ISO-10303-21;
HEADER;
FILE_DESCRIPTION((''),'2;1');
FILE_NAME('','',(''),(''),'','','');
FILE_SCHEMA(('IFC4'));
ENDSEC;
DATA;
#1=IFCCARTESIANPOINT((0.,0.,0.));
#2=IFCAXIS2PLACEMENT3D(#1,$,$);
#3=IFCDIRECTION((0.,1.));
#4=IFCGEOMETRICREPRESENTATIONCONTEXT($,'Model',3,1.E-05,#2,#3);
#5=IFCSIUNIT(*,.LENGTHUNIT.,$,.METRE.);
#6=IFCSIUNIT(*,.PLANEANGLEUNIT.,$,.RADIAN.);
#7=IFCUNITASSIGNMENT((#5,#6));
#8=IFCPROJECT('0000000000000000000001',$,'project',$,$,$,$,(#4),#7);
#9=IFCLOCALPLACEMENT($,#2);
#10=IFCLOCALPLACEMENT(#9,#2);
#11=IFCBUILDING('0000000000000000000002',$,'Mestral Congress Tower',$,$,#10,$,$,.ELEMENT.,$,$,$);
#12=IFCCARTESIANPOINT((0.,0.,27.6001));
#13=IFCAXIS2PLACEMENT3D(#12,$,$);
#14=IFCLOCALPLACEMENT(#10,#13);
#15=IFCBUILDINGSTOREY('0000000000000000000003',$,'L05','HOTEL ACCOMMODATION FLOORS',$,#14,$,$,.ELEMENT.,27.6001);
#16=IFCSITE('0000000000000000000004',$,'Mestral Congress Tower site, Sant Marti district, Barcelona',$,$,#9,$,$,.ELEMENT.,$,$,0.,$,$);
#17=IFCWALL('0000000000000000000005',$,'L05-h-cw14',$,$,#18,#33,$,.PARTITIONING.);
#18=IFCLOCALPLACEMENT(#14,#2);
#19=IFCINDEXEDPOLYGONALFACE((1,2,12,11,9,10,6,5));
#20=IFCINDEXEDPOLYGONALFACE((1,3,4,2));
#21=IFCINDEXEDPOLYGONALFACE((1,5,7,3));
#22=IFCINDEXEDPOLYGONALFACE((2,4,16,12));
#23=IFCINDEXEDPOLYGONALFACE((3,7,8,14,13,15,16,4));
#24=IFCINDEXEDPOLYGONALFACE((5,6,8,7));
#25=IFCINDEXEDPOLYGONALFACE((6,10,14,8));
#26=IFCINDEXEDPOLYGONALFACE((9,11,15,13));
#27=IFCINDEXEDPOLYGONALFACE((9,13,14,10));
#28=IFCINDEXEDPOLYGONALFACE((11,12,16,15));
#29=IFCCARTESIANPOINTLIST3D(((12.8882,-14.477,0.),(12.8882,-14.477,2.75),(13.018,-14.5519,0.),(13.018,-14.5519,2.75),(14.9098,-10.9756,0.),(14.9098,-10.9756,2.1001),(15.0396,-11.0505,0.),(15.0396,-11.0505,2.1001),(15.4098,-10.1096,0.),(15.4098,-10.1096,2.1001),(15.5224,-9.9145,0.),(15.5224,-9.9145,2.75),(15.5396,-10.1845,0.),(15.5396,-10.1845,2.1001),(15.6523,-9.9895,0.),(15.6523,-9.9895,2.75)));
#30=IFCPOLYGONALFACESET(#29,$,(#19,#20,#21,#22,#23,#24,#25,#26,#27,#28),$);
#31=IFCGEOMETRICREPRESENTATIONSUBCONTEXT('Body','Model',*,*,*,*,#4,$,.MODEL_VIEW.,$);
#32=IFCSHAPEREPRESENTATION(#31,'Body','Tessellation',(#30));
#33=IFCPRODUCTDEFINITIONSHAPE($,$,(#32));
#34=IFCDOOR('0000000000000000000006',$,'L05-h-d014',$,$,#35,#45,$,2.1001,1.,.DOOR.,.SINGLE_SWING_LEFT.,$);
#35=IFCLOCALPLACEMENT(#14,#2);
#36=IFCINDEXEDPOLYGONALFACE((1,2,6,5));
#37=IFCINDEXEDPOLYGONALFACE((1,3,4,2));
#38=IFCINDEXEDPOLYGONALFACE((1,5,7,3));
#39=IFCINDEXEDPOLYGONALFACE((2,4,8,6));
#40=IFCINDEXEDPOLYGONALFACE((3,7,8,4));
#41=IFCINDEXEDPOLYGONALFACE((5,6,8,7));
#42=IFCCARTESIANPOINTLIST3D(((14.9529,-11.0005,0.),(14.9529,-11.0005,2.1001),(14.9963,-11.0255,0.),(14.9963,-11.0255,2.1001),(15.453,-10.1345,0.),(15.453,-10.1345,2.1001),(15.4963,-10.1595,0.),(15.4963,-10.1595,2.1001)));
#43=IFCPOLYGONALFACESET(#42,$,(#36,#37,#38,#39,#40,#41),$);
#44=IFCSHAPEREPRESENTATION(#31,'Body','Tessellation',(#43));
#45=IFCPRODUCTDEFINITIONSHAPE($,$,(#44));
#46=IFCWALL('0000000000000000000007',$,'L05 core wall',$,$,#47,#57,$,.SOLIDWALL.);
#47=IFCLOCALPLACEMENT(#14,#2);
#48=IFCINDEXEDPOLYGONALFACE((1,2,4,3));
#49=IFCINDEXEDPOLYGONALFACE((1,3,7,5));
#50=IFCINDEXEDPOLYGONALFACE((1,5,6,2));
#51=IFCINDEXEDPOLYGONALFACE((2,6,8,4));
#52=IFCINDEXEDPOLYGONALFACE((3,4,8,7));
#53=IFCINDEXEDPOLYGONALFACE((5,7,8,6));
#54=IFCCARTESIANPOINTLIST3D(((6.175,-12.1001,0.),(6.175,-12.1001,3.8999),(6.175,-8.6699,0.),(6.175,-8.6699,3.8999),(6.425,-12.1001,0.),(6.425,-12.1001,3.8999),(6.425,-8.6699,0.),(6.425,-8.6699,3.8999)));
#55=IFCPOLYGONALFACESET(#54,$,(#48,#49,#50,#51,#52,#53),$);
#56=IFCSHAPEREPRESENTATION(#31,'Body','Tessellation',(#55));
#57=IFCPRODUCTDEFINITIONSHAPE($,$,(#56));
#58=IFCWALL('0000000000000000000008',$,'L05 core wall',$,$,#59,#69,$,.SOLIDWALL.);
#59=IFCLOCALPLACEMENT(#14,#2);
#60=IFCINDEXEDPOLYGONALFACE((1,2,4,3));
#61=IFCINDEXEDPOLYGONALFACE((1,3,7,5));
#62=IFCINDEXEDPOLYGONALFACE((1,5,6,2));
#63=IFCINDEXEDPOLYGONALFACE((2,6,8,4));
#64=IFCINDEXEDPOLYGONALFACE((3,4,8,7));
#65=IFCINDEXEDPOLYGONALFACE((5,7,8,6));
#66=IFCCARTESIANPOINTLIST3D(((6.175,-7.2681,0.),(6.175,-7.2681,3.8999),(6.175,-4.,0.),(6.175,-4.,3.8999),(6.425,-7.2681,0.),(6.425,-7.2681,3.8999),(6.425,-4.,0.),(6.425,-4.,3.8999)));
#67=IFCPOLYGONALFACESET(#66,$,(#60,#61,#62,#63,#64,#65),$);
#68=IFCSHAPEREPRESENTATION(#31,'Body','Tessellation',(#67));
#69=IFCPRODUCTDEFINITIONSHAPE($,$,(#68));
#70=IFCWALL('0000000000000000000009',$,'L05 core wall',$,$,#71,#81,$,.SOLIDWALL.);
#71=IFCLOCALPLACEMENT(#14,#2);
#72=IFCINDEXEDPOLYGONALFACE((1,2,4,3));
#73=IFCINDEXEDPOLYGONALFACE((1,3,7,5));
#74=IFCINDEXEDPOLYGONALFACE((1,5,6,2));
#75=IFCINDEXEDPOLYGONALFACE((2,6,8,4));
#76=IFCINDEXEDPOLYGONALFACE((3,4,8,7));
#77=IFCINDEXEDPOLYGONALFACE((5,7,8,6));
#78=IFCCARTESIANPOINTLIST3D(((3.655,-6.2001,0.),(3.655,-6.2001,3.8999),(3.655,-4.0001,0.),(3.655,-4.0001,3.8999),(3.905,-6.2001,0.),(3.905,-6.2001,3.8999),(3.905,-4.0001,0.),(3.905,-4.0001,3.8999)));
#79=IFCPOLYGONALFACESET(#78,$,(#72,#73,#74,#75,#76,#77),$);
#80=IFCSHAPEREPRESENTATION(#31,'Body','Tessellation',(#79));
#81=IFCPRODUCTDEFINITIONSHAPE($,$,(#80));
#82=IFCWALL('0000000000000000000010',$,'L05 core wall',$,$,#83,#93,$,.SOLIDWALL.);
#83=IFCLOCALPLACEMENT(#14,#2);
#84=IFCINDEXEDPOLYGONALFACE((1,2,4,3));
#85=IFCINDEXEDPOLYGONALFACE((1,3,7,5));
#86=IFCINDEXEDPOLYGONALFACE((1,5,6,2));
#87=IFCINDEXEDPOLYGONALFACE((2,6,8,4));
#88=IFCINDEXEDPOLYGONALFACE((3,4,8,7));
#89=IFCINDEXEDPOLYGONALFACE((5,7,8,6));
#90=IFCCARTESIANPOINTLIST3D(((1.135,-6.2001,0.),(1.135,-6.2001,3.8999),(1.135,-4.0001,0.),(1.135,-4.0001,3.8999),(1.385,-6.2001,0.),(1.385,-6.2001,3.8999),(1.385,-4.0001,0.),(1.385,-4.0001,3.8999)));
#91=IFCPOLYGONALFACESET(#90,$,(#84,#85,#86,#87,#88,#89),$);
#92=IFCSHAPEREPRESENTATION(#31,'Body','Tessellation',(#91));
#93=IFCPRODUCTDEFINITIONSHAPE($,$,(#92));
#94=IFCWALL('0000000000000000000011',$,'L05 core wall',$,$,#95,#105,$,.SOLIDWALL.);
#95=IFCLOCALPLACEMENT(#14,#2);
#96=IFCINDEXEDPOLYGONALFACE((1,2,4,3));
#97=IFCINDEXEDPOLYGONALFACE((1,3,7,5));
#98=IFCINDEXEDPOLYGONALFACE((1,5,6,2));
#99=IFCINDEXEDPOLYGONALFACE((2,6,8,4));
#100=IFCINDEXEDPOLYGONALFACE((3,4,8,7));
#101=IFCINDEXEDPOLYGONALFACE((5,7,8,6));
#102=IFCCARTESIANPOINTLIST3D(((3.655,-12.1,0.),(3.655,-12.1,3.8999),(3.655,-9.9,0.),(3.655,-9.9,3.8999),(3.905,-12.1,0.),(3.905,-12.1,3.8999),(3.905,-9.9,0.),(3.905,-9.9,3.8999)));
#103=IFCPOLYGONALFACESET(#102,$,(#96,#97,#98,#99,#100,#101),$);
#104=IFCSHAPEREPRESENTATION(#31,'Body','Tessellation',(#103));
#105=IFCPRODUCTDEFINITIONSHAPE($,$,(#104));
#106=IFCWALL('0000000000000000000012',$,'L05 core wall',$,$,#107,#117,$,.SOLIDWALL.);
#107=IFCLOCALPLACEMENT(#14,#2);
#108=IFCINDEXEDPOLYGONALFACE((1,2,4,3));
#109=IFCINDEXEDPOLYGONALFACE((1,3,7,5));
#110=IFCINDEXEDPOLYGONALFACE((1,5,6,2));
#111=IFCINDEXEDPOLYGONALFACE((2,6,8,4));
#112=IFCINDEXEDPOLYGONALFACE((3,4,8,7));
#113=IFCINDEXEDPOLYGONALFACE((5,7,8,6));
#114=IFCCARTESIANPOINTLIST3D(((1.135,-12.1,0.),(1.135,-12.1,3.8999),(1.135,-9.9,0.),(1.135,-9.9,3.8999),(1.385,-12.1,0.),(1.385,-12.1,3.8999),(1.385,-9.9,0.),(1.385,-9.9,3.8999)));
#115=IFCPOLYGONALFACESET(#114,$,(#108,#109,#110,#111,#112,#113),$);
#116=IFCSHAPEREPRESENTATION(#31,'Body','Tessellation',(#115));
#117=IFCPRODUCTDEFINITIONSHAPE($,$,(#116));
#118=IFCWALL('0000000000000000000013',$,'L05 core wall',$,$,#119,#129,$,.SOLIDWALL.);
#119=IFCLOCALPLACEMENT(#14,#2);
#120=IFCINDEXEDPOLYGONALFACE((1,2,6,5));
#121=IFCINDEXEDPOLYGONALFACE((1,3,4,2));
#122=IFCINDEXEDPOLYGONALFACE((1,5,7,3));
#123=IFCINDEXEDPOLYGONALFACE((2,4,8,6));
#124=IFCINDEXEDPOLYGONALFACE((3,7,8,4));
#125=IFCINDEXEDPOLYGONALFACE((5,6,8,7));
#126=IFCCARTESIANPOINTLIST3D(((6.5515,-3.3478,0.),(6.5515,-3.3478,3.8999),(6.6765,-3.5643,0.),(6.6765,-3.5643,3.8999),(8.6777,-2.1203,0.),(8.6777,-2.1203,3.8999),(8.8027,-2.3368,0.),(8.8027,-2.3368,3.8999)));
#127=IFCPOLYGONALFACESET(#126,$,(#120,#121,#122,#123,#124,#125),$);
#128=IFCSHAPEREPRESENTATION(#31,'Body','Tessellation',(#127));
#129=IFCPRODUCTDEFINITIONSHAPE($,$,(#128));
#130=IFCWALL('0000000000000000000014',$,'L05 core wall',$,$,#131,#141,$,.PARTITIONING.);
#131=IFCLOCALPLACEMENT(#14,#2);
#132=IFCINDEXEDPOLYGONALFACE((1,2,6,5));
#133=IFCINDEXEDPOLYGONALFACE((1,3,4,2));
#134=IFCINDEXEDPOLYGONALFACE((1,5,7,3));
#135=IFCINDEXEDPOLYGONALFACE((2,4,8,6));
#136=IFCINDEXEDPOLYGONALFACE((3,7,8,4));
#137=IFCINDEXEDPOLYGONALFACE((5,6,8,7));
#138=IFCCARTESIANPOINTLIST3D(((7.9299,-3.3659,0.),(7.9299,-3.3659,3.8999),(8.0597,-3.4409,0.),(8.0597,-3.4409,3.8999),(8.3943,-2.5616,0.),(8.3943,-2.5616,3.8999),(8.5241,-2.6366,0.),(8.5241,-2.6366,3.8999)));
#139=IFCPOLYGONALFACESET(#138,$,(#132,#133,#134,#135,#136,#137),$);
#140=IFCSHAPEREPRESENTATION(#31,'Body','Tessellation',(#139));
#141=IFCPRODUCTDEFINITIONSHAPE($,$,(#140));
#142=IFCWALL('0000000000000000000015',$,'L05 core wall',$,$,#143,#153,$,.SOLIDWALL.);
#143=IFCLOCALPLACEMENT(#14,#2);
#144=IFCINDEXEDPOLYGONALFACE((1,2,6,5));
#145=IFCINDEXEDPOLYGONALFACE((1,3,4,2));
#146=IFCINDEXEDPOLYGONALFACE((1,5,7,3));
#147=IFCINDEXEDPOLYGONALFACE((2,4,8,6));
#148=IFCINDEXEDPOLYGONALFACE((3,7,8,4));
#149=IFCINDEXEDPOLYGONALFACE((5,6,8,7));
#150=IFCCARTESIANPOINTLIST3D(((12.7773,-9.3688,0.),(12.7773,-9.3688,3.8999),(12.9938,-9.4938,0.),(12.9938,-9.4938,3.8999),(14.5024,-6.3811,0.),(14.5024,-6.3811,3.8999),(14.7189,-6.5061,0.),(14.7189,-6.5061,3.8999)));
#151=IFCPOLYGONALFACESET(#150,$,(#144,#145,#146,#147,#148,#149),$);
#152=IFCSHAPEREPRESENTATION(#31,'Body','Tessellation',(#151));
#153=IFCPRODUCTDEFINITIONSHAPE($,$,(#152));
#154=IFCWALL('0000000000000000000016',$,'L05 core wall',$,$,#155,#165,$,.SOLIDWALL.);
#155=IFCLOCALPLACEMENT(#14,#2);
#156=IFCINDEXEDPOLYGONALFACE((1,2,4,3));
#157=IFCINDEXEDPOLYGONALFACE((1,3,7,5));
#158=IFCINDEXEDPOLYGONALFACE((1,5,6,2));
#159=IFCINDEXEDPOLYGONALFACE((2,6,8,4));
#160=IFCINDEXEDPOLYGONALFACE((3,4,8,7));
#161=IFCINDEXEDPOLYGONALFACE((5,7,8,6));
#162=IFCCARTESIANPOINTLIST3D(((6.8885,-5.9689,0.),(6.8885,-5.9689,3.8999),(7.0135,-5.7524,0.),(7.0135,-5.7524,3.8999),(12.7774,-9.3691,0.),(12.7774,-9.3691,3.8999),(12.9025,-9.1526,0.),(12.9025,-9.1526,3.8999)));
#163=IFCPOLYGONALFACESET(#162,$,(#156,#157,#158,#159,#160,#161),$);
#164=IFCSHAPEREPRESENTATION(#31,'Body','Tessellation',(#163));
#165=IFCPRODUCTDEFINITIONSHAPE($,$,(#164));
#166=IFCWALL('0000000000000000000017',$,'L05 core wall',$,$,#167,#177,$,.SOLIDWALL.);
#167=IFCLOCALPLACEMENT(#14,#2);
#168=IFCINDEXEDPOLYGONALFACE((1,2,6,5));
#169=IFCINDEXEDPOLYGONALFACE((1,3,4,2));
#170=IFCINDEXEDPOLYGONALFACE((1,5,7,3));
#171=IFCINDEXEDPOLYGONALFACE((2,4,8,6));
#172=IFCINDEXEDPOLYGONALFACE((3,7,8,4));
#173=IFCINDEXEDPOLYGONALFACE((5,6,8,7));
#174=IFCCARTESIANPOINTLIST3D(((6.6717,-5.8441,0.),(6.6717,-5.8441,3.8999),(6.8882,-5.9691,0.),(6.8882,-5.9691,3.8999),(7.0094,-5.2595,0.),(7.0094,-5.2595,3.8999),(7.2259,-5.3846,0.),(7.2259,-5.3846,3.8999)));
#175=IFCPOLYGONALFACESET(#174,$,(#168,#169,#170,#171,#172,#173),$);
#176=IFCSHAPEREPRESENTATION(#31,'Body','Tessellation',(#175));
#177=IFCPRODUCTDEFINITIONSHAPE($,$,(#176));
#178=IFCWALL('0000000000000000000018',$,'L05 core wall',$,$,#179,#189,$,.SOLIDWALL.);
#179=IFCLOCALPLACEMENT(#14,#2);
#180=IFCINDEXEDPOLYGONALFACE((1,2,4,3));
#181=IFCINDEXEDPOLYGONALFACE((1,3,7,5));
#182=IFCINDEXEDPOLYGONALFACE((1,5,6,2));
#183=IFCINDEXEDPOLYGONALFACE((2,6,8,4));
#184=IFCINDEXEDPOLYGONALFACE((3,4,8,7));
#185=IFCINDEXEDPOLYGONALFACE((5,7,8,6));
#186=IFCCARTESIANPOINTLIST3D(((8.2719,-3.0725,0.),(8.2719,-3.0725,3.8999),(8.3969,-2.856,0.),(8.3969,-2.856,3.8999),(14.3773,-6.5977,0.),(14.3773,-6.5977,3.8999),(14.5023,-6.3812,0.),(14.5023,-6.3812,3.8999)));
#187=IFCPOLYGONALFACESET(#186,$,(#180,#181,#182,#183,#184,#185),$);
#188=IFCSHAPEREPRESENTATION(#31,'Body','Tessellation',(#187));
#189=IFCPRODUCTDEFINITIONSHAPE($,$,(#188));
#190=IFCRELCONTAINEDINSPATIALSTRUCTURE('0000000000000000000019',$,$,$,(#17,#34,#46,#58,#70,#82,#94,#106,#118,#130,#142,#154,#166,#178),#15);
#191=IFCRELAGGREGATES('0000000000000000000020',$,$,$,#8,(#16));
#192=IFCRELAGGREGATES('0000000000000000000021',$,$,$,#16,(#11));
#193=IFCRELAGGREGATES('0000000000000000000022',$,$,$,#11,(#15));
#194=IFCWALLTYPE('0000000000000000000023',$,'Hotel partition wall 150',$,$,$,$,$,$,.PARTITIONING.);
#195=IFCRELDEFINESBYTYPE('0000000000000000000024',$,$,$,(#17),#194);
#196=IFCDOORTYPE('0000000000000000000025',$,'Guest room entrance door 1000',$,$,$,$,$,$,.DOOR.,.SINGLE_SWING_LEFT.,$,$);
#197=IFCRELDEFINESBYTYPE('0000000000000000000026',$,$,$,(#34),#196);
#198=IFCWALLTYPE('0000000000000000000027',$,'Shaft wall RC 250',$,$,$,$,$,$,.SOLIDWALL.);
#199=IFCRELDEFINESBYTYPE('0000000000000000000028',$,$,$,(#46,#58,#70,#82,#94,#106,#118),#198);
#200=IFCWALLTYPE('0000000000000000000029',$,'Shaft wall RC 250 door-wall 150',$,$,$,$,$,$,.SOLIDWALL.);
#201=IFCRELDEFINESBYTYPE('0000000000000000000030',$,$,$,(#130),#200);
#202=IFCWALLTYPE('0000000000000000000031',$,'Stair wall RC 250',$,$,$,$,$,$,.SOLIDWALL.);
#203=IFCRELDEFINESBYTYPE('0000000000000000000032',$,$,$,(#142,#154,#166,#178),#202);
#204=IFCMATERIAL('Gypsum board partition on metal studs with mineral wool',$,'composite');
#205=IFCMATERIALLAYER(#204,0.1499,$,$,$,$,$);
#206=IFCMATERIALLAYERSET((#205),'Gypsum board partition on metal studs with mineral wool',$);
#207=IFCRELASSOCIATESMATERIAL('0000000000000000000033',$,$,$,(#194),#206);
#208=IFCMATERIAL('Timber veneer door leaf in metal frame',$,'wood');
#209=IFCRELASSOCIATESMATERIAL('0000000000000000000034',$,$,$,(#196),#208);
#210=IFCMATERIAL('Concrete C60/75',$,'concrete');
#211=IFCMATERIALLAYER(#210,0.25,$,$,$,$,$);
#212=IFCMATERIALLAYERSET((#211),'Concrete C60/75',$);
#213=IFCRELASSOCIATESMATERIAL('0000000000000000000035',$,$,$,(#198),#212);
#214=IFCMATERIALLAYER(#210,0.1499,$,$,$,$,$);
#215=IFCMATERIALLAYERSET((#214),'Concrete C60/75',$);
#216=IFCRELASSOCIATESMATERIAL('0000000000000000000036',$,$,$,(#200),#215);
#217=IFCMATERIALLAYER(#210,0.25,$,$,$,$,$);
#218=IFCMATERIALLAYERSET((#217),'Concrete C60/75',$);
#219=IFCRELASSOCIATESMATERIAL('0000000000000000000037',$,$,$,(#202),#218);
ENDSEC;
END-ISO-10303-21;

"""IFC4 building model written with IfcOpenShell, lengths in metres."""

from ifc_helpers import new_model, si_unit, direction, frame, frame_2d, origin, place, context, subcontext, project, spatial, rectangle, extrude, material, layer, layer_set, type_object, element, fill, save


model = new_model("IFC4")

# Units and contexts
model_context = context("Model", 3, precision=1e-05, world=origin(), true_north=direction((0.0, 1.0)))
body_context = subcontext(model_context, "Body", "Model", "MODEL_VIEW")
ifc_project = project(units=[si_unit("LENGTHUNIT", "METRE"), si_unit("PLANEANGLEUNIT", "RADIAN")], contexts=[model_context])

# Site, building, storey
site_placement = place(None, origin())
site = spatial("IfcSite", under=ifc_project, at=site_placement, Name="Mestral Congress Tower site, Sant Marti district, Barcelona", CompositionType="ELEMENT", RefElevation=0.0)
building_placement = place(site_placement, origin())
building = spatial("IfcBuilding", under=site, at=building_placement, Name="Mestral Congress Tower", CompositionType="ELEMENT")
storey_placement = place(building_placement, frame((0.0, 0.0, 27.6001)))
storey = spatial("IfcBuildingStorey", under=building, at=storey_placement, Name="L05", Description="HOTEL ACCOMMODATION FLOORS", CompositionType="ELEMENT", Elevation=27.6001)

# Shared definitions
ifc_material_1 = material(Name="Concrete C60/75", Category="concrete")

# Shared definitions
ifc_material_2 = material(Name="Gypsum board partition on metal studs with mineral wool", Category="composite")
ifc_layer_1 = layer(ifc_material_2, 0.1499)
ifc_layer_set_1 = layer_set([ifc_layer_1], Name="Gypsum board partition on metal studs with mineral wool")
wall_type_1 = type_object("IfcWallType", Name="Hotel partition wall 150", PredefinedType="PARTITIONING", material=ifc_layer_set_1)
ifc_material_3 = material(Name="Timber veneer door leaf in metal frame", Category="wood")
door_type_1 = type_object("IfcDoorType", Name="Guest room entrance door 1000", OperationType="SINGLE_SWING_LEFT", PredefinedType="DOOR", material=ifc_material_3)

# Wall, opening, door
wall_1_placement = place(storey_placement, frame((15.5874, -9.9519, 0.0), z_axis=(0.0, 0.0, 1.0), x_axis=(-0.500017, -0.866016, 0.0)))
wall_1 = element("IfcWall", 1, at=wall_1_placement, inside=storey, type_object=wall_type_1, Name="L05-h-cw14", PredefinedType="PARTITIONING", context=body_context, shape_type="SweptSolid", body=[
    extrude(rectangle(XDim=5.2683, YDim=0.1499, at=frame_2d((2.6343, 0.0))), origin(), (0.0, 0.0, 1.0), 2.75),
])
opening_1_placement = place(wall_1_placement, frame((0.2253, 0.0, 0.0)))
opening_1 = element("IfcOpeningElement", 2, at=opening_1_placement, cuts=wall_1, PredefinedType="OPENING", context=body_context, shape_type="SweptSolid", body=[
    extrude(rectangle(XDim=1.0, YDim=2.1001, at=frame_2d((0.5, 1.05))), frame((0.0, 0.085, 0.0), z_axis=(0.0, -1.0, 0.0), x_axis=(1.0, 0.0, 0.0)), (0.0, 0.0, 1.0), 0.1699),
])
door_1_placement = place(opening_1_placement, origin())
door_1 = element("IfcDoor", 3, at=door_1_placement, inside=storey, type_object=door_type_1, Name="L05-h-d014", OperationType="SINGLE_SWING_LEFT", OverallHeight=2.1001, OverallWidth=1.0, PredefinedType="DOOR", context=body_context, shape_type="SweptSolid", body=[
    extrude(rectangle(XDim=1.0, YDim=2.1001, at=frame_2d((0.5, 1.05))), frame((0.0, 0.0249, 0.0), z_axis=(0.0, -1.0, 0.0), x_axis=(1.0, 0.0, 0.0)), (0.0, 0.0, 1.0), 0.05),
])
fill(opening_1, door_1)

# Walls
ifc_layer_2 = layer(ifc_material_1, 0.25)
ifc_layer_set_2 = layer_set([ifc_layer_2], Name="Concrete C60/75")
wall_type_2 = type_object("IfcWallType", Name="Shaft wall RC 250", PredefinedType="SOLIDWALL", material=ifc_layer_set_2)
wall_2_placement = place(storey_placement, frame((6.3, -8.6699, 0.0), z_axis=(0.0, 0.0, 1.0), x_axis=(0.0, -1.0, 0.0)))
element("IfcWall", 4, at=wall_2_placement, inside=storey, type_object=wall_type_2, Name="L05 core wall", PredefinedType="SOLIDWALL", context=body_context, shape_type="SweptSolid", body=[
    extrude(rectangle(XDim=3.4302, YDim=0.25, at=frame_2d((1.7151, 0.0))), origin(), (0.0, 0.0, 1.0), 3.8999),
])
wall_3_placement = place(storey_placement, frame((6.3, -7.2681, 0.0), z_axis=(0.0, 0.0, 1.0), x_axis=(0.0, 1.0, 0.0)))
element("IfcWall", 5, at=wall_3_placement, inside=storey, type_object=wall_type_2, Name="L05 core wall", PredefinedType="SOLIDWALL", context=body_context, shape_type="SweptSolid", body=[
    extrude(rectangle(XDim=3.2681, YDim=0.25, at=frame_2d((1.634, 0.0))), origin(), (0.0, 0.0, 1.0), 3.8999),
])
for number, where, z_axis, x_axis, name in (
    (6, (3.78, -4.0, 0.0), (0.0, 0.0, 1.0), (0.0, -1.0, 0.0), "L05 core wall"),
    (7, (1.26, -4.0, 0.0), (0.0, 0.0, 1.0), (0.0, -1.0, 0.0), "L05 core wall"),
    (8, (3.78, -12.1001, 0.0), (0.0, 0.0, 1.0), (0.0, 1.0, 0.0), "L05 core wall"),
    (9, (1.26, -12.1001, 0.0), (0.0, 0.0, 1.0), (0.0, 1.0, 0.0), "L05 core wall"),
):
    element("IfcWall", number, at=place(storey_placement, frame(where, z_axis=z_axis, x_axis=x_axis)), inside=storey, type_object=wall_type_2, Name=name, PredefinedType="SOLIDWALL", context=body_context, shape_type="SweptSolid", body=[
        extrude(rectangle(XDim=2.2, YDim=0.25, at=frame_2d((1.1001, 0.0))), origin(), (0.0, 0.0, 1.0), 3.8999),
    ])
wall_4_placement = place(storey_placement, frame((6.614, -3.4561, 0.0), z_axis=(0.0, 0.0, 1.0), x_axis=(0.866032, 0.499989, 0.0)))
element("IfcWall", 10, at=wall_4_placement, inside=storey, type_object=wall_type_2, Name="L05 core wall", PredefinedType="SOLIDWALL", context=body_context, shape_type="SweptSolid", body=[
    extrude(rectangle(XDim=2.4551, YDim=0.25, at=frame_2d((1.2275, 0.0))), origin(), (0.0, 0.0, 1.0), 3.8999),
])
ifc_layer_3 = layer(ifc_material_1, 0.1499)
ifc_layer_set_3 = layer_set([ifc_layer_3], Name="Concrete C60/75")
wall_type_3 = type_object("IfcWallType", Name="Shaft wall RC 250 door-wall 150", PredefinedType="SOLIDWALL", material=ifc_layer_set_3)
wall_5_placement = place(storey_placement, frame((8.4592, -2.5991, 0.0), z_axis=(0.0, 0.0, 1.0), x_axis=(-0.500041, -0.866002, 0.0)))
element("IfcWall", 11, at=wall_5_placement, inside=storey, type_object=wall_type_3, Name="L05 core wall", PredefinedType="PARTITIONING", context=body_context, shape_type="SweptSolid", body=[
    extrude(rectangle(XDim=0.9287, YDim=0.1499, at=frame_2d((0.4644, 0.0))), origin(), (0.0, 0.0, 1.0), 3.8999),
])
ifc_layer_4 = layer(ifc_material_1, 0.25)
ifc_layer_set_4 = layer_set([ifc_layer_4], Name="Concrete C60/75")
wall_type_4 = type_object("IfcWallType", Name="Stair wall RC 250", PredefinedType="SOLIDWALL", material=ifc_layer_set_4)
wall_6_placement = place(storey_placement, frame((12.8855, -9.4314, 0.0), z_axis=(0.0, 0.0, 1.0), x_axis=(0.500021, 0.866014, 0.0)))
element("IfcWall", 12, at=wall_6_placement, inside=storey, type_object=wall_type_4, Name="L05 core wall", PredefinedType="SOLIDWALL", context=body_context, shape_type="SweptSolid", body=[
    extrude(rectangle(XDim=3.45, YDim=0.25, at=frame_2d((1.7251, 0.0))), origin(), (0.0, 0.0, 1.0), 3.8999),
])
wall_7_placement = place(storey_placement, frame((12.8398, -9.2607, 0.0), z_axis=(0.0, 0.0, 1.0), x_axis=(-0.866014, 0.50002, 0.0)))
element("IfcWall", 13, at=wall_7_placement, inside=storey, type_object=wall_type_4, Name="L05 core wall", PredefinedType="SOLIDWALL", context=body_context, shape_type="SweptSolid", body=[
    extrude(rectangle(XDim=6.8, YDim=0.25, at=frame_2d((3.3999, 0.0))), origin(), (0.0, 0.0, 1.0), 3.8999),
])
wall_8_placement = place(storey_placement, frame((6.78, -5.9065, 0.0), z_axis=(0.0, 0.0, 1.0), x_axis=(0.500223, 0.865896, 0.0)))
element("IfcWall", 14, at=wall_8_placement, inside=storey, type_object=wall_type_4, Name="L05 core wall", PredefinedType="SOLIDWALL", context=body_context, shape_type="SweptSolid", body=[
    extrude(rectangle(XDim=0.675, YDim=0.25, at=frame_2d((0.3374, 0.0))), origin(), (0.0, 0.0, 1.0), 3.8999),
])
wall_9_placement = place(storey_placement, frame((8.3345, -2.9644, 0.0), z_axis=(0.0, 0.0, 1.0), x_axis=(0.866016, -0.500016, 0.0)))
element("IfcWall", 15, at=wall_9_placement, inside=storey, type_object=wall_type_4, Name="L05 core wall", PredefinedType="SOLIDWALL", context=body_context, shape_type="SweptSolid", body=[
    extrude(rectangle(XDim=7.05, YDim=0.25, at=frame_2d((3.5249, 0.0))), origin(), (0.0, 0.0, 1.0), 3.8999),
])

save(model, "model.ifc")
